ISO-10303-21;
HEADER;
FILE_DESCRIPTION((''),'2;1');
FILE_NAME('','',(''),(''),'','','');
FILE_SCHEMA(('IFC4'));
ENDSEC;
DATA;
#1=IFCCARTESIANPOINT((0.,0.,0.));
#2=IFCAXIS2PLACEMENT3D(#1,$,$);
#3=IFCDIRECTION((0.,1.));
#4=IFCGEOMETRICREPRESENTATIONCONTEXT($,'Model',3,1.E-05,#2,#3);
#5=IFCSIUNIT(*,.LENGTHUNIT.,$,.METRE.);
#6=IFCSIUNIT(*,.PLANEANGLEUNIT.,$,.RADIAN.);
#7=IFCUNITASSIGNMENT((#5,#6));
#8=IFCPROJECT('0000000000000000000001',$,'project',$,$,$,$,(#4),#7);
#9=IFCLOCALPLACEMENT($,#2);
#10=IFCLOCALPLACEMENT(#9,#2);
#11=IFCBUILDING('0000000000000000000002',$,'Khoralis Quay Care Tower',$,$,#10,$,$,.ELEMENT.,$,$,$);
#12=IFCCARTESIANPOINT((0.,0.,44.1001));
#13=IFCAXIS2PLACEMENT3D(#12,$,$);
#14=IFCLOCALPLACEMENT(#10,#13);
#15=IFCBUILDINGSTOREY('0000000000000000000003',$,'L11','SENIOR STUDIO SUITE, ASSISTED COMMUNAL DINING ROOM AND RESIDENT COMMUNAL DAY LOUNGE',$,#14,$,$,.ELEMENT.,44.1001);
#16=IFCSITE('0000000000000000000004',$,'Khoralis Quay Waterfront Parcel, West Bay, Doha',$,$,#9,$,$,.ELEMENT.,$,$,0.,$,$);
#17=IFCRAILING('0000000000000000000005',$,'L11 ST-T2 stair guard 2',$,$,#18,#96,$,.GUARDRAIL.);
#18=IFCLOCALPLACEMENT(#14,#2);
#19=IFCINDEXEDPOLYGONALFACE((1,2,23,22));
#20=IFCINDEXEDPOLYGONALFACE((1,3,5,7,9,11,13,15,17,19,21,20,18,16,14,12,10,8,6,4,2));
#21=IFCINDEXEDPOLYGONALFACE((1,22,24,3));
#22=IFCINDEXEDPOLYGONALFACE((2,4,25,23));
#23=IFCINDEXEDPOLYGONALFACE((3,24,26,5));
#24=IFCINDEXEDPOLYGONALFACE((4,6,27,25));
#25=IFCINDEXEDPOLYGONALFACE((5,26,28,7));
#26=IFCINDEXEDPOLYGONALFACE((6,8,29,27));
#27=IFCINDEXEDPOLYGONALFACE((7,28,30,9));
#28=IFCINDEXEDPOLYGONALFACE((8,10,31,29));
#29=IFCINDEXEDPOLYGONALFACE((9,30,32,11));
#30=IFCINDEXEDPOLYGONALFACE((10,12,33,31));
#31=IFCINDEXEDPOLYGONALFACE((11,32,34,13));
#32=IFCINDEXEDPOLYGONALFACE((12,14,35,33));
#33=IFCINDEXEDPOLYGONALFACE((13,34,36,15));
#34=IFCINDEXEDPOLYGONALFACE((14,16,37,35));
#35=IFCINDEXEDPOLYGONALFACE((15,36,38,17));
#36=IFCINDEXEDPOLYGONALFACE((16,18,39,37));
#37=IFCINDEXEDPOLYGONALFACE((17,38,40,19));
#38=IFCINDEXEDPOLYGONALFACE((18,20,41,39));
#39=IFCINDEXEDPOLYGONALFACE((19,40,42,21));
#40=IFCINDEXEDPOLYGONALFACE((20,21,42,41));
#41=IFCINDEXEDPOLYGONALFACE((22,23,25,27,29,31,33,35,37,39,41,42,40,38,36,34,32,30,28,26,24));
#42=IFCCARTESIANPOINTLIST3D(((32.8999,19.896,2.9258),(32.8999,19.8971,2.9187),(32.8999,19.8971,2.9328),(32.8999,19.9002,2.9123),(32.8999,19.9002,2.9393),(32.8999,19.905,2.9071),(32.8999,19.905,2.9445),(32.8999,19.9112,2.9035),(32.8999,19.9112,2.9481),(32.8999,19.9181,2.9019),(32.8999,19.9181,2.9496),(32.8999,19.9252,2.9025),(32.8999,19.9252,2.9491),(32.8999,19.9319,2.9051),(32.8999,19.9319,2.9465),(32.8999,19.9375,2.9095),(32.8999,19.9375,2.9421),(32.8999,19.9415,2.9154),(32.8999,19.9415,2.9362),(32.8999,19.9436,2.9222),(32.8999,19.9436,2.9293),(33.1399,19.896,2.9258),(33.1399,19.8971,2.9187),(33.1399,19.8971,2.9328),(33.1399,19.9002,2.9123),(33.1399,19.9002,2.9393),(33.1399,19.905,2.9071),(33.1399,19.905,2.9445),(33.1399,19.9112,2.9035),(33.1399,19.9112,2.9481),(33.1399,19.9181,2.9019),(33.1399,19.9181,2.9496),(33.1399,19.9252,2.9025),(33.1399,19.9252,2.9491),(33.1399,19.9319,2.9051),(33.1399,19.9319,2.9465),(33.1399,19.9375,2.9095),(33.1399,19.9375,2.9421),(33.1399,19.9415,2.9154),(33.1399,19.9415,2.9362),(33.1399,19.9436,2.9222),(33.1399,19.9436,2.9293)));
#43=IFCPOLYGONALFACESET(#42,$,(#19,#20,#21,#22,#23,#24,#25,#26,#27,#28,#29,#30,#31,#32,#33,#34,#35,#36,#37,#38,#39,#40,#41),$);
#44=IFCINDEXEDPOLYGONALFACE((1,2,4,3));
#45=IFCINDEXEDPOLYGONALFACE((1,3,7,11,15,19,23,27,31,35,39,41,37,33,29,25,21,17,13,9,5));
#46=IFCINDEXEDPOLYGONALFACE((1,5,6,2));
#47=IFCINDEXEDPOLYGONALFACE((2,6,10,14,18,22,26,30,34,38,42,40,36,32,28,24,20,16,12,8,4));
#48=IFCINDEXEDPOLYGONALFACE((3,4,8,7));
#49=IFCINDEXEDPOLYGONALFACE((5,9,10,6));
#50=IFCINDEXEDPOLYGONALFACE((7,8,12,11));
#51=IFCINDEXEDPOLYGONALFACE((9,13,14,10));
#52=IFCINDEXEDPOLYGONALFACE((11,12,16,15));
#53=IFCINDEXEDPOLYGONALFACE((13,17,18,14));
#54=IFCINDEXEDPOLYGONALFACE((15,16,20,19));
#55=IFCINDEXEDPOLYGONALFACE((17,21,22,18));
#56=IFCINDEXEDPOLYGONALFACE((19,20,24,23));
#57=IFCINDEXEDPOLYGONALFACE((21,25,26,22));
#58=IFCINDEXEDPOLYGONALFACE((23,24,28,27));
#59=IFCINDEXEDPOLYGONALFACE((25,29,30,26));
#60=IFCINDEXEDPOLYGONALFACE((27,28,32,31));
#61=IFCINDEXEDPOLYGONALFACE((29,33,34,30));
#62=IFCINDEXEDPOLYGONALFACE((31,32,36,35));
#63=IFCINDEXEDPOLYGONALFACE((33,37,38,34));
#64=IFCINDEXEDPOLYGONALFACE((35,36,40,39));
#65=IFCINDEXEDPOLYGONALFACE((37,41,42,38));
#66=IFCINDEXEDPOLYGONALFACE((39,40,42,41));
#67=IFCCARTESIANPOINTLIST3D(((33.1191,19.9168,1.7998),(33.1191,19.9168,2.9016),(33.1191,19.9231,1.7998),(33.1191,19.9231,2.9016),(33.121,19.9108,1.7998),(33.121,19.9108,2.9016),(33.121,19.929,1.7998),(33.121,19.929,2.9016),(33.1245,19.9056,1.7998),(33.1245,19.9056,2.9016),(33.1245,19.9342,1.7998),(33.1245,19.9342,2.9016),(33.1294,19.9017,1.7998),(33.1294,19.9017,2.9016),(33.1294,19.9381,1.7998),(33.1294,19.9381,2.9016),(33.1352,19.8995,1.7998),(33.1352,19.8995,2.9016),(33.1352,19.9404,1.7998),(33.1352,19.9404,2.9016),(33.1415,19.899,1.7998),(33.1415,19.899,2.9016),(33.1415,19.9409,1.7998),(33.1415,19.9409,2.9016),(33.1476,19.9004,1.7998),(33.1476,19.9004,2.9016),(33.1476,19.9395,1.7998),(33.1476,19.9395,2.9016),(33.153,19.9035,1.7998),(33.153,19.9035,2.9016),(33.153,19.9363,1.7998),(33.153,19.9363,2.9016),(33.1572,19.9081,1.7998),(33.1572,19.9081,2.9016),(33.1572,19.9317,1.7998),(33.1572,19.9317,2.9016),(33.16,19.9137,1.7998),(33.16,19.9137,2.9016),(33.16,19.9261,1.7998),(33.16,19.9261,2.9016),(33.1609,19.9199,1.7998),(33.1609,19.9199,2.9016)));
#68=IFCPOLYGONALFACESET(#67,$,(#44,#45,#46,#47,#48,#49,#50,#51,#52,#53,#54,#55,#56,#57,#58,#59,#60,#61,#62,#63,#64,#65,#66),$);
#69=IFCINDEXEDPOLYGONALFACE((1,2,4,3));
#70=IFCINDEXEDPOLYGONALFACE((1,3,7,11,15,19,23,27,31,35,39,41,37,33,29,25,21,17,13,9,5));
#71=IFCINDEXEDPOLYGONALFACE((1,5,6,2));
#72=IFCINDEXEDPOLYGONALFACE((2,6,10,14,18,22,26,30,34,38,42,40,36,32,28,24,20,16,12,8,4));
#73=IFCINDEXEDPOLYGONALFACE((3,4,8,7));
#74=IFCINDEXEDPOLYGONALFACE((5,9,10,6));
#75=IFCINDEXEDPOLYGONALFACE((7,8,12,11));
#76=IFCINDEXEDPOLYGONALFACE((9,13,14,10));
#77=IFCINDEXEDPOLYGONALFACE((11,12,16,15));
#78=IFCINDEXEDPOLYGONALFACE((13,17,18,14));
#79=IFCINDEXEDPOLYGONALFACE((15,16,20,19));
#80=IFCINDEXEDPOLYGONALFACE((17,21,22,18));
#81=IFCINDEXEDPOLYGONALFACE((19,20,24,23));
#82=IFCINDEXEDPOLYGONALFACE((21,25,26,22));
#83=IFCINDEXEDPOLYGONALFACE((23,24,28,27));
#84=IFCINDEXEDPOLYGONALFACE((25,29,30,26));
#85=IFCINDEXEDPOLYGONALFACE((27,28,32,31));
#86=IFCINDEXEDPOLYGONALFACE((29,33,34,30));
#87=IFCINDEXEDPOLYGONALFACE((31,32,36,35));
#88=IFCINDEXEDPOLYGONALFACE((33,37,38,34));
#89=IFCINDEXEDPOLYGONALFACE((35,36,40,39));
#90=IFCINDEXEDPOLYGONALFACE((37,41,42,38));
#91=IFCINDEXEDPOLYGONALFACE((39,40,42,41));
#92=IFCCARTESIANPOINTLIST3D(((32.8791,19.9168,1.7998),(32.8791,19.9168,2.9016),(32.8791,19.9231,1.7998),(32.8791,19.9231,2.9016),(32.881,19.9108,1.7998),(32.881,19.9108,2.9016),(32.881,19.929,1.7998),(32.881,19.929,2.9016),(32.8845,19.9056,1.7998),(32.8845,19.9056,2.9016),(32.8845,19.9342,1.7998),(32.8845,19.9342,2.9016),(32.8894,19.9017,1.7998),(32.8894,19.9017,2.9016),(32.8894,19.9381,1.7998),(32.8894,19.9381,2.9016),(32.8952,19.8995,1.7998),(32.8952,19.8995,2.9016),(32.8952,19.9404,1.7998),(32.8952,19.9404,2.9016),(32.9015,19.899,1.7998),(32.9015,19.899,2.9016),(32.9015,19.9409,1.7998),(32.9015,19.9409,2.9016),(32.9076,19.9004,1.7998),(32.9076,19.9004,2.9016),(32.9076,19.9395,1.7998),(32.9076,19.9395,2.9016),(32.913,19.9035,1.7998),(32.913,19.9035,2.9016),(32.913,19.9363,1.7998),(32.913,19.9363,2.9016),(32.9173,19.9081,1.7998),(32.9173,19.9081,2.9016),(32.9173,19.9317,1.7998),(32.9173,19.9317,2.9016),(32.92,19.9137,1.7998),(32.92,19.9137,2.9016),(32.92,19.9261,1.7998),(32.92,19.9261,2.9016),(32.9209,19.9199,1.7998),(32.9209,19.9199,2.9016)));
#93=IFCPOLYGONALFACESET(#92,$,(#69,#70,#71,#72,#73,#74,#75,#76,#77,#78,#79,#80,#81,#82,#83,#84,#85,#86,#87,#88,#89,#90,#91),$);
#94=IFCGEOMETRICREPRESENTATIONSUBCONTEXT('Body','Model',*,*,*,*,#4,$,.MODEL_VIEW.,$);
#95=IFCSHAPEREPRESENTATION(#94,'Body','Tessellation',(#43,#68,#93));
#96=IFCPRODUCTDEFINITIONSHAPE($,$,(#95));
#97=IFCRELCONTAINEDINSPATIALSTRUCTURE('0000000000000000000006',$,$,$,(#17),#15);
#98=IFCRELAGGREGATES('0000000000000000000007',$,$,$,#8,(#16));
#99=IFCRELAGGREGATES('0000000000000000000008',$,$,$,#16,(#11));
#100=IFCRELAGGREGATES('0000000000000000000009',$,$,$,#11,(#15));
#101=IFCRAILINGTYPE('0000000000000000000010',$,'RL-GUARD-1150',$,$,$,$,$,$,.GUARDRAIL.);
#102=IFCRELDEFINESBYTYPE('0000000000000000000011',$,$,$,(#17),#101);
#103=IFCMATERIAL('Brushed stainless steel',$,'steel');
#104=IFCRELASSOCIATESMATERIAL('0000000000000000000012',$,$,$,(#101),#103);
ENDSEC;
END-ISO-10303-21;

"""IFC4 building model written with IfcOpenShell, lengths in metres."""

from ifc_helpers import new_model, si_unit, direction, frame, origin, origin_2d, place, context, subcontext, project, spatial, circle, extrude, material, type_object, element, save


model = new_model("IFC4")

# Units and contexts
model_context = context("Model", 3, precision=1e-05, world=origin(), true_north=direction((0.0, 1.0)))
body_context = subcontext(model_context, "Body", "Model", "MODEL_VIEW")
ifc_project = project(units=[si_unit("LENGTHUNIT", "METRE"), si_unit("PLANEANGLEUNIT", "RADIAN")], contexts=[model_context])

# Site, building, storey
site_placement = place(None, origin())
site = spatial("IfcSite", under=ifc_project, at=site_placement, Name="Khoralis Quay Waterfront Parcel, West Bay, Doha", CompositionType="ELEMENT", RefElevation=0.0)
building_placement = place(site_placement, origin())
building = spatial("IfcBuilding", under=site, at=building_placement, Name="Khoralis Quay Care Tower", CompositionType="ELEMENT")
storey_placement = place(building_placement, frame((0.0, 0.0, 44.1001)))
storey = spatial("IfcBuildingStorey", under=building, at=storey_placement, Name="L11", Description="SENIOR STUDIO SUITE, ASSISTED COMMUNAL DINING ROOM AND RESIDENT COMMUNAL DAY LOUNGE", CompositionType="ELEMENT", Elevation=44.1001)

# Shared definitions
ifc_material_1 = material(Name="Brushed stainless steel", Category="steel")

# Railing
railing_type_1 = type_object("IfcRailingType", Name="RL-GUARD-1150", PredefinedType="GUARDRAIL", material=ifc_material_1)
railing_1_placement = place(storey_placement, frame((33.1399, 19.9199, 1.7998)))
element("IfcRailing", 1, at=railing_1_placement, inside=storey, type_object=railing_type_1, Name="L11 ST-T2 stair guard 2", PredefinedType="GUARDRAIL", context=body_context, shape_type="SweptSolid", body=[
    extrude(circle(Radius=0.0239, at=origin_2d()), frame((0.0, 0.0, 1.126), z_axis=(-1.0, 0.0, 0.0), x_axis=(0.0, -1.0, 0.0)), (0.0, 0.0, 1.0), 0.24),
    extrude(circle(Radius=0.021, at=origin_2d()), origin(), (0.0, 0.0, 1.0), 1.1018),
    extrude(circle(Radius=0.021, at=origin_2d()), frame((-0.24, 0.0, 0.0)), (0.0, 0.0, 1.0), 1.1018),
])

save(model, "model.ifc")
